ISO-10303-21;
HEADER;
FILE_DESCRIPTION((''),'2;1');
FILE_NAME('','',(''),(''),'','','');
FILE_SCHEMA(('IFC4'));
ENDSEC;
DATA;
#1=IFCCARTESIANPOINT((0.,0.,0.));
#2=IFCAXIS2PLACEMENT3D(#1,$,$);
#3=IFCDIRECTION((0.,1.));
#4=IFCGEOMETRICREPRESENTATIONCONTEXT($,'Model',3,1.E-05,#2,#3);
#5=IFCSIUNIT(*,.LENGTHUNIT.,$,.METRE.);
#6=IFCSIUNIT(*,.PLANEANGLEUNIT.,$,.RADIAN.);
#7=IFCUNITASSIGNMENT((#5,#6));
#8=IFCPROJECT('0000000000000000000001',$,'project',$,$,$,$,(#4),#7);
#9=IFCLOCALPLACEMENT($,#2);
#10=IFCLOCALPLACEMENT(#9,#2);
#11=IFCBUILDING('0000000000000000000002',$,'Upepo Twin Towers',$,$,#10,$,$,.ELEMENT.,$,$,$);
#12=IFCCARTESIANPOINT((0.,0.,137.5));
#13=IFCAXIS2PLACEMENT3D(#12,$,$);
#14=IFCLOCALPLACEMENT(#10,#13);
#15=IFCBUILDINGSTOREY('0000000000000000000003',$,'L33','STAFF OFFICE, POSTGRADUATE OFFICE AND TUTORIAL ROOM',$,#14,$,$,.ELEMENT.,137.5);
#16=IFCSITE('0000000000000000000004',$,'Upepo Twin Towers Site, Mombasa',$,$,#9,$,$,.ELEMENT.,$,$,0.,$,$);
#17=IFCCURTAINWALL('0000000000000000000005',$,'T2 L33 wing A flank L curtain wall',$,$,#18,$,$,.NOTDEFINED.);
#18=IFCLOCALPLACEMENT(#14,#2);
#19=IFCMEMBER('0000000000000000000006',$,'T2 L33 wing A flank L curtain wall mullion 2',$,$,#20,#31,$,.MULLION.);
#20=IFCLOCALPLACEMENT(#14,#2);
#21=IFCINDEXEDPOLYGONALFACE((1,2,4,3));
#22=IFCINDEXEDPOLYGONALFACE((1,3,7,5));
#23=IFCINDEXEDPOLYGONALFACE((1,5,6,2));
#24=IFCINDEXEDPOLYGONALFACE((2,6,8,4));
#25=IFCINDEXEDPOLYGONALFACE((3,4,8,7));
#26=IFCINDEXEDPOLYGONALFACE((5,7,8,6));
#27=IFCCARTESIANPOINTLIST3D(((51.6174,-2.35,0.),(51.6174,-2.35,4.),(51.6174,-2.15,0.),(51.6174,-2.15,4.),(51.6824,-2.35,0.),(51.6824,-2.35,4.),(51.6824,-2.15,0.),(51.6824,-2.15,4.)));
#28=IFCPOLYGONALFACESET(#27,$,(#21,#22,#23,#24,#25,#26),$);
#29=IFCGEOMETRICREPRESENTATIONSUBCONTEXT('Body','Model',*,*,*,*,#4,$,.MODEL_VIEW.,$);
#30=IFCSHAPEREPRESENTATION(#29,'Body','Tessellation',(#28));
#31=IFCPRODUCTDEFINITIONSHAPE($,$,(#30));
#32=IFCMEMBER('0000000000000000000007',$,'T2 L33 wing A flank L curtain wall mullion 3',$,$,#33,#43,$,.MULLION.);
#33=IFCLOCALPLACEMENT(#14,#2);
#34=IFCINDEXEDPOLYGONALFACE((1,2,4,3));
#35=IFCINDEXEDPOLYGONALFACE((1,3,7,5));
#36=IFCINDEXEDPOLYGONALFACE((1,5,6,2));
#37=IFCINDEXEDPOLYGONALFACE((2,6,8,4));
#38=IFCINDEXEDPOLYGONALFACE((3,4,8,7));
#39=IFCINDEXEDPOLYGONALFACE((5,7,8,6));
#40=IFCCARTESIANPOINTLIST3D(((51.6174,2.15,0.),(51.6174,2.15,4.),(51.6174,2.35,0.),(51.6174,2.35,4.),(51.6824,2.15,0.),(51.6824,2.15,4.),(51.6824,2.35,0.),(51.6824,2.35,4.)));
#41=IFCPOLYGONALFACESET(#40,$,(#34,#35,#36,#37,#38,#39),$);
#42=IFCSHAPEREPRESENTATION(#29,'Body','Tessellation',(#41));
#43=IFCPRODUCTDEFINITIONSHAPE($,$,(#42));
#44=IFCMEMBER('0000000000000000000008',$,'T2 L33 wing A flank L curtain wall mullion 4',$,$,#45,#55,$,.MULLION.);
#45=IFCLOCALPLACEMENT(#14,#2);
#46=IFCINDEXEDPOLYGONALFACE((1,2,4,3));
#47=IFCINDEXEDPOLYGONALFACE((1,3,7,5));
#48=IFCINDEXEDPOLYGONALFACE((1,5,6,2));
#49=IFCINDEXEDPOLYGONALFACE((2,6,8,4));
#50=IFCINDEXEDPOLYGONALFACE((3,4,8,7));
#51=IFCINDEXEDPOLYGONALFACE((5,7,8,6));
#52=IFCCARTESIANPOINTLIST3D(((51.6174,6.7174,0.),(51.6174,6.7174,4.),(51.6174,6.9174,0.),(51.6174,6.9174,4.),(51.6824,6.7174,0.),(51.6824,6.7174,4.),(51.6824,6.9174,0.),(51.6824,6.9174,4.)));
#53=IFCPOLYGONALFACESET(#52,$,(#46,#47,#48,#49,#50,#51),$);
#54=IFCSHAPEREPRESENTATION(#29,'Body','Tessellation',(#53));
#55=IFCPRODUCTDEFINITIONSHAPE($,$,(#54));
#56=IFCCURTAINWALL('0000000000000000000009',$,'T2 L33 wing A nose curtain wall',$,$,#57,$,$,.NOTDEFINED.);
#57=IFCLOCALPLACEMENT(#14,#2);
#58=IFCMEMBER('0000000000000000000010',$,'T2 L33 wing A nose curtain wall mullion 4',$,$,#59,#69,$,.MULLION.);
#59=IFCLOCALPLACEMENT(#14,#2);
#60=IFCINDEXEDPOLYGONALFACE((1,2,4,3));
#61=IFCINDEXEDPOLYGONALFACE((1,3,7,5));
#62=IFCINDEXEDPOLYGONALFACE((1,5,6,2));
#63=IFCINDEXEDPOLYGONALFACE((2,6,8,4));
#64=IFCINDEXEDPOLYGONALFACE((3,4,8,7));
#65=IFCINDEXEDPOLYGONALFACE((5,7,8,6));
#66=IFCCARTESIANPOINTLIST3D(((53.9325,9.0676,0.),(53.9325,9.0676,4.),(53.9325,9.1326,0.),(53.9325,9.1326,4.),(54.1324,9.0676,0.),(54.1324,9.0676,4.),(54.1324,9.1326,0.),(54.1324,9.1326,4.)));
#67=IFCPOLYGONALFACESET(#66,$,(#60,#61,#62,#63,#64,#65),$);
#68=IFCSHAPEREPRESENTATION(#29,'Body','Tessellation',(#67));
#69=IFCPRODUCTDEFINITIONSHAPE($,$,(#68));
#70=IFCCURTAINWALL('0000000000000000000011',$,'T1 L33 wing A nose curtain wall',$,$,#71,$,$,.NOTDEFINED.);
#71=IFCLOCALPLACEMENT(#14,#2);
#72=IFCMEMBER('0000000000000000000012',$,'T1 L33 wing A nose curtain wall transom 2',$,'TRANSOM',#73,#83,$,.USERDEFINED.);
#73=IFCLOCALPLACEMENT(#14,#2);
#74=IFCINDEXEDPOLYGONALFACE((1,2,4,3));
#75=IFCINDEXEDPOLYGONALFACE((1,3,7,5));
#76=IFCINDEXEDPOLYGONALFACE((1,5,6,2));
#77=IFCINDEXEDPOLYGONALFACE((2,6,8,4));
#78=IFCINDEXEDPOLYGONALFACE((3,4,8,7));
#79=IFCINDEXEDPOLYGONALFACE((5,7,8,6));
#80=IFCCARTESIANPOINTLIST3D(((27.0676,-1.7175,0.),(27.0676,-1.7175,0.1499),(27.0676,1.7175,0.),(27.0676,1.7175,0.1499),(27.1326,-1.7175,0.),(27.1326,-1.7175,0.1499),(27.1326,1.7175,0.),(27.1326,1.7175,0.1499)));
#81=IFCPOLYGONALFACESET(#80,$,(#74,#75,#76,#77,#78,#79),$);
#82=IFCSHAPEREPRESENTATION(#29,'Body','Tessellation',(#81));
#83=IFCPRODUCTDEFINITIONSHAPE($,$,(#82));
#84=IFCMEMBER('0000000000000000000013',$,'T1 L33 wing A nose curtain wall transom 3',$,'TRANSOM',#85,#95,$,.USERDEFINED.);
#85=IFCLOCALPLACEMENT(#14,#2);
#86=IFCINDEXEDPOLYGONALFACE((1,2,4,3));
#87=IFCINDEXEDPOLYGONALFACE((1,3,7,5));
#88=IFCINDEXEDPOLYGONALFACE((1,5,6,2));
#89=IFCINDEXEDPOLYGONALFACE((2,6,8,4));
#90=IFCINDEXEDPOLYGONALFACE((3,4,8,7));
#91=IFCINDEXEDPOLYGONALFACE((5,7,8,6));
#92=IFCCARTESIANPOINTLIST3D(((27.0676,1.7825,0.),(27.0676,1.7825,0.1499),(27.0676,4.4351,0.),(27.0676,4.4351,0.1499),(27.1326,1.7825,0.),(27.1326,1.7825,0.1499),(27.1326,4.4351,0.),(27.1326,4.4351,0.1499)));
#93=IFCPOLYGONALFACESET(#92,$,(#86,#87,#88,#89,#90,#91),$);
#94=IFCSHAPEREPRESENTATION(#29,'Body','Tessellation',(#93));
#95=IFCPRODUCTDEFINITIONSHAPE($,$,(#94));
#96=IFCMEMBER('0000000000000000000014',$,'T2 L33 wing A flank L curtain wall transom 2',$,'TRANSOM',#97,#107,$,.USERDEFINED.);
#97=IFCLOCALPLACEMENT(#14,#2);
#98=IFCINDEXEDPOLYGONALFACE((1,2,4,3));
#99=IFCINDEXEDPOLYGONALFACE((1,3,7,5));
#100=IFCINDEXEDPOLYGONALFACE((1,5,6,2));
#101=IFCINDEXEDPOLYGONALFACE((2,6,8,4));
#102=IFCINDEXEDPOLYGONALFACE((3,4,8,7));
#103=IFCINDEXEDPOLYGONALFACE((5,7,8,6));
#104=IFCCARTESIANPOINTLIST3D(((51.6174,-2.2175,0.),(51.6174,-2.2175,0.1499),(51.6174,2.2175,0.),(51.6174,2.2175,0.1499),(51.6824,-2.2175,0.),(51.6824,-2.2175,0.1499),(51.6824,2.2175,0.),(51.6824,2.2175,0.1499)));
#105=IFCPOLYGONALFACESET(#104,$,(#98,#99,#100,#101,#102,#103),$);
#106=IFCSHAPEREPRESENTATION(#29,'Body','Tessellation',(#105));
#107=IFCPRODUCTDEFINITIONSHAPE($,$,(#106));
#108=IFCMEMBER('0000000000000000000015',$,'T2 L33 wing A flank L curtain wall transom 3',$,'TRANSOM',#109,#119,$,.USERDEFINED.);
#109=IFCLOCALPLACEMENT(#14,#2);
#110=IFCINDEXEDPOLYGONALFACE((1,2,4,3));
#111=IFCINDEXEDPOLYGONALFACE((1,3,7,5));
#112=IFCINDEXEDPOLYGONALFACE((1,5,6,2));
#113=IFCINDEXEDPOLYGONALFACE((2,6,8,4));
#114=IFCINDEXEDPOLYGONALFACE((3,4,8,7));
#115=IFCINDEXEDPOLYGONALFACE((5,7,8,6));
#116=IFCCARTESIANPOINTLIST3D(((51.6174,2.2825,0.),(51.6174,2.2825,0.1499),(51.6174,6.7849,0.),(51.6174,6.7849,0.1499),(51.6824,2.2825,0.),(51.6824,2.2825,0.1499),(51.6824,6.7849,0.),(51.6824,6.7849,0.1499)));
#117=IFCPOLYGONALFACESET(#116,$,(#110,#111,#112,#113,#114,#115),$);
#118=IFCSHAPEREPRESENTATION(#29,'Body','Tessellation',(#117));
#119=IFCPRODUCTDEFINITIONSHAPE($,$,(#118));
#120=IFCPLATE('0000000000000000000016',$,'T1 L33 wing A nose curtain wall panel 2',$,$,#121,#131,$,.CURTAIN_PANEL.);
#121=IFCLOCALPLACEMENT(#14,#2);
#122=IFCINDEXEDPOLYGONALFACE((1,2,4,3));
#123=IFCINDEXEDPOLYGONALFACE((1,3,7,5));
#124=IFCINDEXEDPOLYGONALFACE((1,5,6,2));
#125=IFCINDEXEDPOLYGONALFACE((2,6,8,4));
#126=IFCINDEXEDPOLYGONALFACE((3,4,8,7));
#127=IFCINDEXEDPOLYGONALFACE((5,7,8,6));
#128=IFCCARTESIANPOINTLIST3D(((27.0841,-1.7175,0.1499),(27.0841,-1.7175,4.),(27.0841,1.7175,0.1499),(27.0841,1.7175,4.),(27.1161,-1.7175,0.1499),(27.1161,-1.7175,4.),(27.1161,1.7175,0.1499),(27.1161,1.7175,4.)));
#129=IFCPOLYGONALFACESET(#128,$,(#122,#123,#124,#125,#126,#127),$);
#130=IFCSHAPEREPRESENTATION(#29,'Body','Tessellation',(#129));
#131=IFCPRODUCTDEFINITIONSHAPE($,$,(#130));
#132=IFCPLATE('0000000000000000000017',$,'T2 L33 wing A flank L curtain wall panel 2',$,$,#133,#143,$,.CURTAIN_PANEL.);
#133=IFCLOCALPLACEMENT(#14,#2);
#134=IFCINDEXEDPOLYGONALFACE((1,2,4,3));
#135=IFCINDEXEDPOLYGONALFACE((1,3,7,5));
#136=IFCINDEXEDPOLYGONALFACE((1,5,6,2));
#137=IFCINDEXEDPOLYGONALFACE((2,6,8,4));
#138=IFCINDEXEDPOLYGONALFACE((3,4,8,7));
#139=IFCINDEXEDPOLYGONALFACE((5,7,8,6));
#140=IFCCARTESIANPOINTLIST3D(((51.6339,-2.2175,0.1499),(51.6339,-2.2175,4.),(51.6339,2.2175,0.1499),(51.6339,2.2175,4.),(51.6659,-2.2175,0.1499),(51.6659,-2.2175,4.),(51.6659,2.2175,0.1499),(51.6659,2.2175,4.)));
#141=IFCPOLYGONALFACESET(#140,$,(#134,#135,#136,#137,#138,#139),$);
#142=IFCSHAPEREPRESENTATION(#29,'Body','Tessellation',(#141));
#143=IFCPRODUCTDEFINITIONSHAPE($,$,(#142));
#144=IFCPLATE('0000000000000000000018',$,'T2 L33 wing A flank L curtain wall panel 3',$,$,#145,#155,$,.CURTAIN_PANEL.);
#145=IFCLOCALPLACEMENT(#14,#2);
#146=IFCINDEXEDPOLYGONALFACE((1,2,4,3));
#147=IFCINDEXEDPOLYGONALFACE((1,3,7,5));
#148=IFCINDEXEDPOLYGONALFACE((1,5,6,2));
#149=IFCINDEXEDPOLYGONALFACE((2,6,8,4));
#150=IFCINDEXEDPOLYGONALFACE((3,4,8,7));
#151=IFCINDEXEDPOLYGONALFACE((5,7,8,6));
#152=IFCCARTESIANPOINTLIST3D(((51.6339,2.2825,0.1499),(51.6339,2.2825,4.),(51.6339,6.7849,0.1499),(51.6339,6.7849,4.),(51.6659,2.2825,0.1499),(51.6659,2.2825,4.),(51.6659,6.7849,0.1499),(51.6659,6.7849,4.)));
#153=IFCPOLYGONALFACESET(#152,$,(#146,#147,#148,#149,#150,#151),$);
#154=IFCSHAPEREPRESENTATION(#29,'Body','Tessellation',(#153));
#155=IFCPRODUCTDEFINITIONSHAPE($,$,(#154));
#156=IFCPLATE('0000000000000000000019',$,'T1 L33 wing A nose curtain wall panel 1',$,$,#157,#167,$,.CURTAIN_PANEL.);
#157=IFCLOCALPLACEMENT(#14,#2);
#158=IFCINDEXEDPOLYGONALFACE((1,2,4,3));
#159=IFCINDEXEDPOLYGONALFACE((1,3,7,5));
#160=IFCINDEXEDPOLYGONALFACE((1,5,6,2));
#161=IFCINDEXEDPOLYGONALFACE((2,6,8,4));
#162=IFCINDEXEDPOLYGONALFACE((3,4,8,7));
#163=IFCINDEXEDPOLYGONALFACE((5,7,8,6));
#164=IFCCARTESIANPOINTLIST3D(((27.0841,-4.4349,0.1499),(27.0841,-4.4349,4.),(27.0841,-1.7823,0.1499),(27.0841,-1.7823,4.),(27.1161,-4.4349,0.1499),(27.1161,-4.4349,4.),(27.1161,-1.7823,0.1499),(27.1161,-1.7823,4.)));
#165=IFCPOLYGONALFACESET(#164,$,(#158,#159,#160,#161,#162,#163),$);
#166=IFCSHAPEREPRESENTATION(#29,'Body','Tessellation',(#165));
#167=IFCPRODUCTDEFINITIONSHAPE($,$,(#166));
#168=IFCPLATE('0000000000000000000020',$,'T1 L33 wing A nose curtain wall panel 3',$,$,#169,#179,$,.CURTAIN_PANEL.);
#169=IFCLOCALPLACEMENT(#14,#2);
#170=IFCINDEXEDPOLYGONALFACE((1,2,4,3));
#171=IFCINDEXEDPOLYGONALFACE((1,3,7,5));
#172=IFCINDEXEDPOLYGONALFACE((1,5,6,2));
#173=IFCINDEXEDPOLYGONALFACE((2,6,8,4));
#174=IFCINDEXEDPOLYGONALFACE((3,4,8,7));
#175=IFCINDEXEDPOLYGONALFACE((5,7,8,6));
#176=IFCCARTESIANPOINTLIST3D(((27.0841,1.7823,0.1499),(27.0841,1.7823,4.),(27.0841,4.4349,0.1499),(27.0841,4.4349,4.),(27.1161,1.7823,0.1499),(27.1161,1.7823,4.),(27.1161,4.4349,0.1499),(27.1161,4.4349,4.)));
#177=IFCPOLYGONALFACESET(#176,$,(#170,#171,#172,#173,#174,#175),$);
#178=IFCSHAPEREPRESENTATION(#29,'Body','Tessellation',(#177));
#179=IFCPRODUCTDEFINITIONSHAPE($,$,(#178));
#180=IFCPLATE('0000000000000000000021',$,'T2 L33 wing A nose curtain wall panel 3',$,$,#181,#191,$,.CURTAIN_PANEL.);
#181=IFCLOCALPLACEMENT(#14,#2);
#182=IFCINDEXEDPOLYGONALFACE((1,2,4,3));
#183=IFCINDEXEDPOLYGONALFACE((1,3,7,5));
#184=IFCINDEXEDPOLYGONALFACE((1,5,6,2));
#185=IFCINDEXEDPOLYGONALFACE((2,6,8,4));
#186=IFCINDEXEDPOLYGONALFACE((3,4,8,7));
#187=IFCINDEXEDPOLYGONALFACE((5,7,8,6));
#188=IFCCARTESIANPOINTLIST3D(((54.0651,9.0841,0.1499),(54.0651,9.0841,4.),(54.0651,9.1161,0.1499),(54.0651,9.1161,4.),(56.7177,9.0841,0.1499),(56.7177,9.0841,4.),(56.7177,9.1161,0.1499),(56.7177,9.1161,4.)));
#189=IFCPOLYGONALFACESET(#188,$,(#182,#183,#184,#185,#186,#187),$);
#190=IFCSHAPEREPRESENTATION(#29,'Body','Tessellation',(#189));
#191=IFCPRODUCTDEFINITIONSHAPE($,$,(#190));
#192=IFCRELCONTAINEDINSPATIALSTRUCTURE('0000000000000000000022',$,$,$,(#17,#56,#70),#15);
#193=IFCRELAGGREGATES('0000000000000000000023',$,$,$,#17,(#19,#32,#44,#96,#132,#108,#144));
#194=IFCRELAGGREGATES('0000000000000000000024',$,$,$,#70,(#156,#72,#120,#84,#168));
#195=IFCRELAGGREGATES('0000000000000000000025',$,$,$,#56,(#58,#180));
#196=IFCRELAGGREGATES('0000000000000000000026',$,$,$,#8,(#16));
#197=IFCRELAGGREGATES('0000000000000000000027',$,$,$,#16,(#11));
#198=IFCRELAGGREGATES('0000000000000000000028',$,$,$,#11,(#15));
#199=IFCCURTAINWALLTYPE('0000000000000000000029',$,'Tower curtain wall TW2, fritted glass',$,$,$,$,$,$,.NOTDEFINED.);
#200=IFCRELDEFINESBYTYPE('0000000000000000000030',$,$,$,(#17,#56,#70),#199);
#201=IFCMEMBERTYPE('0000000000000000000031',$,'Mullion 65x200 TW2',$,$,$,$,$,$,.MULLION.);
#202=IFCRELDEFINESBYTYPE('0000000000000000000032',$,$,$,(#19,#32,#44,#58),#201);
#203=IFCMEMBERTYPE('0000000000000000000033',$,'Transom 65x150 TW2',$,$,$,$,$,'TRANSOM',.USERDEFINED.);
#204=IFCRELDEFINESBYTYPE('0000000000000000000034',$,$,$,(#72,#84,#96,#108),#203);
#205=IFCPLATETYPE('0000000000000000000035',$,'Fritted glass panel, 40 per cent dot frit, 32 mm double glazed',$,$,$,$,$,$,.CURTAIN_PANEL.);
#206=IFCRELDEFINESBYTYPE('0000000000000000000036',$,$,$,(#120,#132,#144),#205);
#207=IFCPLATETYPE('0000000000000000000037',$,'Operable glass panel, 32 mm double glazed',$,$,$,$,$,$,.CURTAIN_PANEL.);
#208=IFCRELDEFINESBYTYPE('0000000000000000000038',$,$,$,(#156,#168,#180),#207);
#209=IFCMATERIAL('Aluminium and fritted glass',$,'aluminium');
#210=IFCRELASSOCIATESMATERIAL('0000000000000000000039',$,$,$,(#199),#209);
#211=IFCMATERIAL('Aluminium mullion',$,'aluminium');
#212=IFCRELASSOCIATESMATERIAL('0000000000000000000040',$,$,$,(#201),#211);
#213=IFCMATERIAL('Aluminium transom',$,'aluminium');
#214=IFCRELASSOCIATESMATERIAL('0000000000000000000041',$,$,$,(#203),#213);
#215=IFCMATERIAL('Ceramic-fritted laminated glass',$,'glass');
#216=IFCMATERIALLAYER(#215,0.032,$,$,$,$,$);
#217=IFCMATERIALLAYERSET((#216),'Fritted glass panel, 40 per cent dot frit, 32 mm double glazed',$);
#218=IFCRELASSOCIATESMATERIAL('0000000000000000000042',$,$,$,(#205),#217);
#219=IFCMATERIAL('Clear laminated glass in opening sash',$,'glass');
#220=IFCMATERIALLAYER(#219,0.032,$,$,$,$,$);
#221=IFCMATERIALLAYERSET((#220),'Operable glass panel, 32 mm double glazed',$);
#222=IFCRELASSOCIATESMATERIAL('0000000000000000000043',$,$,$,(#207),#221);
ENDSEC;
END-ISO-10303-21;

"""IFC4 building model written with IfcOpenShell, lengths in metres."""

from ifc_helpers import new_model, si_unit, direction, frame, origin, origin_2d, place, context, subcontext, project, spatial, rectangle, extrude, material, layer, layer_set, material_profile, profile_set, type_object, element, aggregate, save


model = new_model("IFC4")

# Units and contexts
model_context = context("Model", 3, precision=1e-05, world=origin(), true_north=direction((0.0, 1.0)))
body_context = subcontext(model_context, "Body", "Model", "MODEL_VIEW")
ifc_project = project(units=[si_unit("LENGTHUNIT", "METRE"), si_unit("PLANEANGLEUNIT", "RADIAN")], contexts=[model_context])

# Site, building, storey
site_placement = place(None, origin())
site = spatial("IfcSite", under=ifc_project, at=site_placement, Name="Upepo Twin Towers Site, Mombasa", CompositionType="ELEMENT", RefElevation=0.0)
building_placement = place(site_placement, origin())
building = spatial("IfcBuilding", under=site, at=building_placement, Name="Upepo Twin Towers", CompositionType="ELEMENT")
storey_placement = place(building_placement, frame((0.0, 0.0, 137.5)))
storey = spatial("IfcBuildingStorey", under=building, at=storey_placement, Name="L33", Description="STAFF OFFICE, POSTGRADUATE OFFICE AND TUTORIAL ROOM", CompositionType="ELEMENT", Elevation=137.5)

# Curtain wall, members
ifc_material_1 = material(Name="Aluminium and fritted glass", Category="aluminium")
curtain_wall_type = type_object("IfcCurtainWallType", Name="Tower curtain wall TW2, fritted glass", PredefinedType="NOTDEFINED", material=ifc_material_1)
curtain_wall_1_placement = place(storey_placement, origin())
curtain_wall_1 = element("IfcCurtainWall", 1, at=curtain_wall_1_placement, inside=storey, type_object=curtain_wall_type, Name="T2 L33 wing A flank L curtain wall", PredefinedType="NOTDEFINED")
ifc_material_2 = material(Name="Aluminium mullion", Category="aluminium")
ifc_material_profile_1 = material_profile(ifc_material_2, rectangle(XDim=0.0649, YDim=0.2, at=origin_2d()), Name="MULLION 65x200")
ifc_profile_set_1 = profile_set([ifc_material_profile_1], Name="Aluminium mullion")
member_type_1 = type_object("IfcMemberType", Name="Mullion 65x200 TW2", PredefinedType="MULLION", material=ifc_profile_set_1)
member_1_placement = place(storey_placement, frame((51.6499, -2.25, 0.0), z_axis=(0.0, 0.0, 1.0), x_axis=(-1.0, 0.0, 0.0)))
member_1 = element("IfcMember", 2, at=member_1_placement, type_object=member_type_1, Name="T2 L33 wing A flank L curtain wall mullion 2", PredefinedType="MULLION", context=body_context, shape_type="SweptSolid", body=[
    extrude(rectangle(XDim=0.0649, YDim=0.2, at=origin_2d()), origin(), (0.0, 0.0, 1.0), 4.0),
])
member_2_placement = place(storey_placement, frame((51.6499, 2.25, 0.0), z_axis=(0.0, 0.0, 1.0), x_axis=(-1.0, 0.0, 0.0)))
member_2 = element("IfcMember", 3, at=member_2_placement, type_object=member_type_1, Name="T2 L33 wing A flank L curtain wall mullion 3", PredefinedType="MULLION", context=body_context, shape_type="SweptSolid", body=[
    extrude(rectangle(XDim=0.0649, YDim=0.2, at=origin_2d()), origin(), (0.0, 0.0, 1.0), 4.0),
])
member_3_placement = place(storey_placement, frame((51.6499, 6.8174, 0.0), z_axis=(0.0, 0.0, 1.0), x_axis=(-1.0, 0.0, 0.0)))
member_3 = element("IfcMember", 4, at=member_3_placement, type_object=member_type_1, Name="T2 L33 wing A flank L curtain wall mullion 4", PredefinedType="MULLION", context=body_context, shape_type="SweptSolid", body=[
    extrude(rectangle(XDim=0.0649, YDim=0.2, at=origin_2d()), origin(), (0.0, 0.0, 1.0), 4.0),
])

# Curtain wall, member
curtain_wall_2_placement = place(storey_placement, origin())
curtain_wall_2 = element("IfcCurtainWall", 5, at=curtain_wall_2_placement, inside=storey, type_object=curtain_wall_type, Name="T2 L33 wing A nose curtain wall", PredefinedType="NOTDEFINED")
member_4_placement = place(storey_placement, frame((54.0325, 9.1001, 0.0), z_axis=(0.0, 0.0, 1.0), x_axis=(0.0, -1.0, 0.0)))
member_4 = element("IfcMember", 6, at=member_4_placement, type_object=member_type_1, Name="T2 L33 wing A nose curtain wall mullion 4", PredefinedType="MULLION", context=body_context, shape_type="SweptSolid", body=[
    extrude(rectangle(XDim=0.0649, YDim=0.2, at=origin_2d()), origin(), (0.0, 0.0, 1.0), 4.0),
])

# Curtain wall, members
curtain_wall_3_placement = place(storey_placement, origin())
curtain_wall_3 = element("IfcCurtainWall", 7, at=curtain_wall_3_placement, inside=storey, type_object=curtain_wall_type, Name="T1 L33 wing A nose curtain wall", PredefinedType="NOTDEFINED")
ifc_material_3 = material(Name="Aluminium transom", Category="aluminium")
ifc_material_profile_2 = material_profile(ifc_material_3, rectangle(XDim=0.0649, YDim=0.1499, at=origin_2d()), Name="TRANSOM 65x150")
ifc_profile_set_2 = profile_set([ifc_material_profile_2], Name="Aluminium transom")
member_type_2 = type_object("IfcMemberType", Name="Transom 65x150 TW2", ElementType="TRANSOM", PredefinedType="USERDEFINED", material=ifc_profile_set_2)
member_5_placement = place(storey_placement, frame((27.1001, -1.7175, 0.075), z_axis=(0.0, 1.0, 0.0), x_axis=(-1.0, 0.0, 0.0)))
member_5 = element("IfcMember", 8, at=member_5_placement, type_object=member_type_2, Name="T1 L33 wing A nose curtain wall transom 2", ObjectType="TRANSOM", PredefinedType="USERDEFINED", context=body_context, shape_type="SweptSolid", body=[
    extrude(rectangle(XDim=0.0649, YDim=0.1499, at=origin_2d()), origin(), (0.0, 0.0, 1.0), 3.4351),
])
member_6_placement = place(storey_placement, frame((27.1001, 1.7825, 0.075), z_axis=(0.0, 1.0, 0.0), x_axis=(-1.0, 0.0, 0.0)))
member_6 = element("IfcMember", 9, at=member_6_placement, type_object=member_type_2, Name="T1 L33 wing A nose curtain wall transom 3", ObjectType="TRANSOM", PredefinedType="USERDEFINED", context=body_context, shape_type="SweptSolid", body=[
    extrude(rectangle(XDim=0.0649, YDim=0.1499, at=origin_2d()), origin(), (0.0, 0.0, 1.0), 2.6526),
])

# Members
member_7_placement = place(storey_placement, frame((51.6499, -2.2175, 0.075), z_axis=(0.0, 1.0, 0.0), x_axis=(-1.0, 0.0, 0.0)))
member_7 = element("IfcMember", 10, at=member_7_placement, type_object=member_type_2, Name="T2 L33 wing A flank L curtain wall transom 2", ObjectType="TRANSOM", PredefinedType="USERDEFINED", context=body_context, shape_type="SweptSolid", body=[
    extrude(rectangle(XDim=0.0649, YDim=0.1499, at=origin_2d()), origin(), (0.0, 0.0, 1.0), 4.4351),
])
member_8_placement = place(storey_placement, frame((51.6499, 2.2825, 0.075), z_axis=(0.0, 1.0, 0.0), x_axis=(-1.0, 0.0, 0.0)))
member_8 = element("IfcMember", 11, at=member_8_placement, type_object=member_type_2, Name="T2 L33 wing A flank L curtain wall transom 3", ObjectType="TRANSOM", PredefinedType="USERDEFINED", context=body_context, shape_type="SweptSolid", body=[
    extrude(rectangle(XDim=0.0649, YDim=0.1499, at=origin_2d()), origin(), (0.0, 0.0, 1.0), 4.5024),
])

# Plates
ifc_material_4 = material(Name="Ceramic-fritted laminated glass", Category="glass")
ifc_layer_1 = layer(ifc_material_4, 0.032)
ifc_layer_set_1 = layer_set([ifc_layer_1], Name="Fritted glass panel, 40 per cent dot frit, 32 mm double glazed")
plate_type_1 = type_object("IfcPlateType", Name="Fritted glass panel, 40 per cent dot frit, 32 mm double glazed", PredefinedType="CURTAIN_PANEL", material=ifc_layer_set_1)
plate_1_placement = place(storey_placement, frame((27.1001, 0.0, 0.1499), z_axis=(0.0, 0.0, 1.0), x_axis=(0.0, 1.0, 0.0)))
plate_1 = element("IfcPlate", 12, at=plate_1_placement, type_object=plate_type_1, Name="T1 L33 wing A nose curtain wall panel 2", PredefinedType="CURTAIN_PANEL", context=body_context, shape_type="SweptSolid", body=[
    extrude(rectangle(XDim=3.4351, YDim=0.032, at=origin_2d()), origin(), (0.0, 0.0, 1.0), 3.8501),
])
plate_2_placement = place(storey_placement, frame((51.6499, 0.0, 0.1499), z_axis=(0.0, 0.0, 1.0), x_axis=(0.0, 1.0, 0.0)))
plate_2 = element("IfcPlate", 13, at=plate_2_placement, type_object=plate_type_1, Name="T2 L33 wing A flank L curtain wall panel 2", PredefinedType="CURTAIN_PANEL", context=body_context, shape_type="SweptSolid", body=[
    extrude(rectangle(XDim=4.4351, YDim=0.032, at=origin_2d()), origin(), (0.0, 0.0, 1.0), 3.8501),
])
plate_3_placement = place(storey_placement, frame((51.6499, 4.5337, 0.1499), z_axis=(0.0, 0.0, 1.0), x_axis=(0.0, 1.0, 0.0)))
plate_3 = element("IfcPlate", 14, at=plate_3_placement, type_object=plate_type_1, Name="T2 L33 wing A flank L curtain wall panel 3", PredefinedType="CURTAIN_PANEL", context=body_context, shape_type="SweptSolid", body=[
    extrude(rectangle(XDim=4.5024, YDim=0.032, at=origin_2d()), origin(), (0.0, 0.0, 1.0), 3.8501),
])
aggregate(curtain_wall_1, [member_1, member_2, member_3, member_7, plate_2, member_8, plate_3])
ifc_material_5 = material(Name="Clear laminated glass in opening sash", Category="glass")
ifc_layer_2 = layer(ifc_material_5, 0.032)
ifc_layer_set_2 = layer_set([ifc_layer_2], Name="Operable glass panel, 32 mm double glazed")
plate_type_2 = type_object("IfcPlateType", Name="Operable glass panel, 32 mm double glazed", PredefinedType="CURTAIN_PANEL", material=ifc_layer_set_2)
plate_4_placement = place(storey_placement, frame((27.1001, -3.1086, 0.1499), z_axis=(0.0, 0.0, 1.0), x_axis=(0.0, 1.0, 0.0)))
plate_4 = element("IfcPlate", 15, at=plate_4_placement, type_object=plate_type_2, Name="T1 L33 wing A nose curtain wall panel 1", PredefinedType="CURTAIN_PANEL", context=body_context, shape_type="SweptSolid", body=[
    extrude(rectangle(XDim=2.6526, YDim=0.032, at=origin_2d()), origin(), (0.0, 0.0, 1.0), 3.8501),
])
plate_5_placement = place(storey_placement, frame((27.1001, 3.1086, 0.1499), z_axis=(0.0, 0.0, 1.0), x_axis=(0.0, 1.0, 0.0)))
plate_5 = element("IfcPlate", 16, at=plate_5_placement, type_object=plate_type_2, Name="T1 L33 wing A nose curtain wall panel 3", PredefinedType="CURTAIN_PANEL", context=body_context, shape_type="SweptSolid", body=[
    extrude(rectangle(XDim=2.6526, YDim=0.032, at=origin_2d()), origin(), (0.0, 0.0, 1.0), 3.8501),
])
aggregate(curtain_wall_3, [plate_4, member_5, plate_1, member_6, plate_5])
plate_6_placement = place(storey_placement, frame((55.3914, 9.1001, 0.1499), z_axis=(0.0, 0.0, 1.0), x_axis=(-1.0, 0.0, 0.0)))
plate_6 = element("IfcPlate", 17, at=plate_6_placement, type_object=plate_type_2, Name="T2 L33 wing A nose curtain wall panel 3", PredefinedType="CURTAIN_PANEL", context=body_context, shape_type="SweptSolid", body=[
    extrude(rectangle(XDim=2.6526, YDim=0.032, at=origin_2d()), origin(), (0.0, 0.0, 1.0), 3.8501),
])
aggregate(curtain_wall_2, [member_4, plate_6])

save(model, "model.ifc")
